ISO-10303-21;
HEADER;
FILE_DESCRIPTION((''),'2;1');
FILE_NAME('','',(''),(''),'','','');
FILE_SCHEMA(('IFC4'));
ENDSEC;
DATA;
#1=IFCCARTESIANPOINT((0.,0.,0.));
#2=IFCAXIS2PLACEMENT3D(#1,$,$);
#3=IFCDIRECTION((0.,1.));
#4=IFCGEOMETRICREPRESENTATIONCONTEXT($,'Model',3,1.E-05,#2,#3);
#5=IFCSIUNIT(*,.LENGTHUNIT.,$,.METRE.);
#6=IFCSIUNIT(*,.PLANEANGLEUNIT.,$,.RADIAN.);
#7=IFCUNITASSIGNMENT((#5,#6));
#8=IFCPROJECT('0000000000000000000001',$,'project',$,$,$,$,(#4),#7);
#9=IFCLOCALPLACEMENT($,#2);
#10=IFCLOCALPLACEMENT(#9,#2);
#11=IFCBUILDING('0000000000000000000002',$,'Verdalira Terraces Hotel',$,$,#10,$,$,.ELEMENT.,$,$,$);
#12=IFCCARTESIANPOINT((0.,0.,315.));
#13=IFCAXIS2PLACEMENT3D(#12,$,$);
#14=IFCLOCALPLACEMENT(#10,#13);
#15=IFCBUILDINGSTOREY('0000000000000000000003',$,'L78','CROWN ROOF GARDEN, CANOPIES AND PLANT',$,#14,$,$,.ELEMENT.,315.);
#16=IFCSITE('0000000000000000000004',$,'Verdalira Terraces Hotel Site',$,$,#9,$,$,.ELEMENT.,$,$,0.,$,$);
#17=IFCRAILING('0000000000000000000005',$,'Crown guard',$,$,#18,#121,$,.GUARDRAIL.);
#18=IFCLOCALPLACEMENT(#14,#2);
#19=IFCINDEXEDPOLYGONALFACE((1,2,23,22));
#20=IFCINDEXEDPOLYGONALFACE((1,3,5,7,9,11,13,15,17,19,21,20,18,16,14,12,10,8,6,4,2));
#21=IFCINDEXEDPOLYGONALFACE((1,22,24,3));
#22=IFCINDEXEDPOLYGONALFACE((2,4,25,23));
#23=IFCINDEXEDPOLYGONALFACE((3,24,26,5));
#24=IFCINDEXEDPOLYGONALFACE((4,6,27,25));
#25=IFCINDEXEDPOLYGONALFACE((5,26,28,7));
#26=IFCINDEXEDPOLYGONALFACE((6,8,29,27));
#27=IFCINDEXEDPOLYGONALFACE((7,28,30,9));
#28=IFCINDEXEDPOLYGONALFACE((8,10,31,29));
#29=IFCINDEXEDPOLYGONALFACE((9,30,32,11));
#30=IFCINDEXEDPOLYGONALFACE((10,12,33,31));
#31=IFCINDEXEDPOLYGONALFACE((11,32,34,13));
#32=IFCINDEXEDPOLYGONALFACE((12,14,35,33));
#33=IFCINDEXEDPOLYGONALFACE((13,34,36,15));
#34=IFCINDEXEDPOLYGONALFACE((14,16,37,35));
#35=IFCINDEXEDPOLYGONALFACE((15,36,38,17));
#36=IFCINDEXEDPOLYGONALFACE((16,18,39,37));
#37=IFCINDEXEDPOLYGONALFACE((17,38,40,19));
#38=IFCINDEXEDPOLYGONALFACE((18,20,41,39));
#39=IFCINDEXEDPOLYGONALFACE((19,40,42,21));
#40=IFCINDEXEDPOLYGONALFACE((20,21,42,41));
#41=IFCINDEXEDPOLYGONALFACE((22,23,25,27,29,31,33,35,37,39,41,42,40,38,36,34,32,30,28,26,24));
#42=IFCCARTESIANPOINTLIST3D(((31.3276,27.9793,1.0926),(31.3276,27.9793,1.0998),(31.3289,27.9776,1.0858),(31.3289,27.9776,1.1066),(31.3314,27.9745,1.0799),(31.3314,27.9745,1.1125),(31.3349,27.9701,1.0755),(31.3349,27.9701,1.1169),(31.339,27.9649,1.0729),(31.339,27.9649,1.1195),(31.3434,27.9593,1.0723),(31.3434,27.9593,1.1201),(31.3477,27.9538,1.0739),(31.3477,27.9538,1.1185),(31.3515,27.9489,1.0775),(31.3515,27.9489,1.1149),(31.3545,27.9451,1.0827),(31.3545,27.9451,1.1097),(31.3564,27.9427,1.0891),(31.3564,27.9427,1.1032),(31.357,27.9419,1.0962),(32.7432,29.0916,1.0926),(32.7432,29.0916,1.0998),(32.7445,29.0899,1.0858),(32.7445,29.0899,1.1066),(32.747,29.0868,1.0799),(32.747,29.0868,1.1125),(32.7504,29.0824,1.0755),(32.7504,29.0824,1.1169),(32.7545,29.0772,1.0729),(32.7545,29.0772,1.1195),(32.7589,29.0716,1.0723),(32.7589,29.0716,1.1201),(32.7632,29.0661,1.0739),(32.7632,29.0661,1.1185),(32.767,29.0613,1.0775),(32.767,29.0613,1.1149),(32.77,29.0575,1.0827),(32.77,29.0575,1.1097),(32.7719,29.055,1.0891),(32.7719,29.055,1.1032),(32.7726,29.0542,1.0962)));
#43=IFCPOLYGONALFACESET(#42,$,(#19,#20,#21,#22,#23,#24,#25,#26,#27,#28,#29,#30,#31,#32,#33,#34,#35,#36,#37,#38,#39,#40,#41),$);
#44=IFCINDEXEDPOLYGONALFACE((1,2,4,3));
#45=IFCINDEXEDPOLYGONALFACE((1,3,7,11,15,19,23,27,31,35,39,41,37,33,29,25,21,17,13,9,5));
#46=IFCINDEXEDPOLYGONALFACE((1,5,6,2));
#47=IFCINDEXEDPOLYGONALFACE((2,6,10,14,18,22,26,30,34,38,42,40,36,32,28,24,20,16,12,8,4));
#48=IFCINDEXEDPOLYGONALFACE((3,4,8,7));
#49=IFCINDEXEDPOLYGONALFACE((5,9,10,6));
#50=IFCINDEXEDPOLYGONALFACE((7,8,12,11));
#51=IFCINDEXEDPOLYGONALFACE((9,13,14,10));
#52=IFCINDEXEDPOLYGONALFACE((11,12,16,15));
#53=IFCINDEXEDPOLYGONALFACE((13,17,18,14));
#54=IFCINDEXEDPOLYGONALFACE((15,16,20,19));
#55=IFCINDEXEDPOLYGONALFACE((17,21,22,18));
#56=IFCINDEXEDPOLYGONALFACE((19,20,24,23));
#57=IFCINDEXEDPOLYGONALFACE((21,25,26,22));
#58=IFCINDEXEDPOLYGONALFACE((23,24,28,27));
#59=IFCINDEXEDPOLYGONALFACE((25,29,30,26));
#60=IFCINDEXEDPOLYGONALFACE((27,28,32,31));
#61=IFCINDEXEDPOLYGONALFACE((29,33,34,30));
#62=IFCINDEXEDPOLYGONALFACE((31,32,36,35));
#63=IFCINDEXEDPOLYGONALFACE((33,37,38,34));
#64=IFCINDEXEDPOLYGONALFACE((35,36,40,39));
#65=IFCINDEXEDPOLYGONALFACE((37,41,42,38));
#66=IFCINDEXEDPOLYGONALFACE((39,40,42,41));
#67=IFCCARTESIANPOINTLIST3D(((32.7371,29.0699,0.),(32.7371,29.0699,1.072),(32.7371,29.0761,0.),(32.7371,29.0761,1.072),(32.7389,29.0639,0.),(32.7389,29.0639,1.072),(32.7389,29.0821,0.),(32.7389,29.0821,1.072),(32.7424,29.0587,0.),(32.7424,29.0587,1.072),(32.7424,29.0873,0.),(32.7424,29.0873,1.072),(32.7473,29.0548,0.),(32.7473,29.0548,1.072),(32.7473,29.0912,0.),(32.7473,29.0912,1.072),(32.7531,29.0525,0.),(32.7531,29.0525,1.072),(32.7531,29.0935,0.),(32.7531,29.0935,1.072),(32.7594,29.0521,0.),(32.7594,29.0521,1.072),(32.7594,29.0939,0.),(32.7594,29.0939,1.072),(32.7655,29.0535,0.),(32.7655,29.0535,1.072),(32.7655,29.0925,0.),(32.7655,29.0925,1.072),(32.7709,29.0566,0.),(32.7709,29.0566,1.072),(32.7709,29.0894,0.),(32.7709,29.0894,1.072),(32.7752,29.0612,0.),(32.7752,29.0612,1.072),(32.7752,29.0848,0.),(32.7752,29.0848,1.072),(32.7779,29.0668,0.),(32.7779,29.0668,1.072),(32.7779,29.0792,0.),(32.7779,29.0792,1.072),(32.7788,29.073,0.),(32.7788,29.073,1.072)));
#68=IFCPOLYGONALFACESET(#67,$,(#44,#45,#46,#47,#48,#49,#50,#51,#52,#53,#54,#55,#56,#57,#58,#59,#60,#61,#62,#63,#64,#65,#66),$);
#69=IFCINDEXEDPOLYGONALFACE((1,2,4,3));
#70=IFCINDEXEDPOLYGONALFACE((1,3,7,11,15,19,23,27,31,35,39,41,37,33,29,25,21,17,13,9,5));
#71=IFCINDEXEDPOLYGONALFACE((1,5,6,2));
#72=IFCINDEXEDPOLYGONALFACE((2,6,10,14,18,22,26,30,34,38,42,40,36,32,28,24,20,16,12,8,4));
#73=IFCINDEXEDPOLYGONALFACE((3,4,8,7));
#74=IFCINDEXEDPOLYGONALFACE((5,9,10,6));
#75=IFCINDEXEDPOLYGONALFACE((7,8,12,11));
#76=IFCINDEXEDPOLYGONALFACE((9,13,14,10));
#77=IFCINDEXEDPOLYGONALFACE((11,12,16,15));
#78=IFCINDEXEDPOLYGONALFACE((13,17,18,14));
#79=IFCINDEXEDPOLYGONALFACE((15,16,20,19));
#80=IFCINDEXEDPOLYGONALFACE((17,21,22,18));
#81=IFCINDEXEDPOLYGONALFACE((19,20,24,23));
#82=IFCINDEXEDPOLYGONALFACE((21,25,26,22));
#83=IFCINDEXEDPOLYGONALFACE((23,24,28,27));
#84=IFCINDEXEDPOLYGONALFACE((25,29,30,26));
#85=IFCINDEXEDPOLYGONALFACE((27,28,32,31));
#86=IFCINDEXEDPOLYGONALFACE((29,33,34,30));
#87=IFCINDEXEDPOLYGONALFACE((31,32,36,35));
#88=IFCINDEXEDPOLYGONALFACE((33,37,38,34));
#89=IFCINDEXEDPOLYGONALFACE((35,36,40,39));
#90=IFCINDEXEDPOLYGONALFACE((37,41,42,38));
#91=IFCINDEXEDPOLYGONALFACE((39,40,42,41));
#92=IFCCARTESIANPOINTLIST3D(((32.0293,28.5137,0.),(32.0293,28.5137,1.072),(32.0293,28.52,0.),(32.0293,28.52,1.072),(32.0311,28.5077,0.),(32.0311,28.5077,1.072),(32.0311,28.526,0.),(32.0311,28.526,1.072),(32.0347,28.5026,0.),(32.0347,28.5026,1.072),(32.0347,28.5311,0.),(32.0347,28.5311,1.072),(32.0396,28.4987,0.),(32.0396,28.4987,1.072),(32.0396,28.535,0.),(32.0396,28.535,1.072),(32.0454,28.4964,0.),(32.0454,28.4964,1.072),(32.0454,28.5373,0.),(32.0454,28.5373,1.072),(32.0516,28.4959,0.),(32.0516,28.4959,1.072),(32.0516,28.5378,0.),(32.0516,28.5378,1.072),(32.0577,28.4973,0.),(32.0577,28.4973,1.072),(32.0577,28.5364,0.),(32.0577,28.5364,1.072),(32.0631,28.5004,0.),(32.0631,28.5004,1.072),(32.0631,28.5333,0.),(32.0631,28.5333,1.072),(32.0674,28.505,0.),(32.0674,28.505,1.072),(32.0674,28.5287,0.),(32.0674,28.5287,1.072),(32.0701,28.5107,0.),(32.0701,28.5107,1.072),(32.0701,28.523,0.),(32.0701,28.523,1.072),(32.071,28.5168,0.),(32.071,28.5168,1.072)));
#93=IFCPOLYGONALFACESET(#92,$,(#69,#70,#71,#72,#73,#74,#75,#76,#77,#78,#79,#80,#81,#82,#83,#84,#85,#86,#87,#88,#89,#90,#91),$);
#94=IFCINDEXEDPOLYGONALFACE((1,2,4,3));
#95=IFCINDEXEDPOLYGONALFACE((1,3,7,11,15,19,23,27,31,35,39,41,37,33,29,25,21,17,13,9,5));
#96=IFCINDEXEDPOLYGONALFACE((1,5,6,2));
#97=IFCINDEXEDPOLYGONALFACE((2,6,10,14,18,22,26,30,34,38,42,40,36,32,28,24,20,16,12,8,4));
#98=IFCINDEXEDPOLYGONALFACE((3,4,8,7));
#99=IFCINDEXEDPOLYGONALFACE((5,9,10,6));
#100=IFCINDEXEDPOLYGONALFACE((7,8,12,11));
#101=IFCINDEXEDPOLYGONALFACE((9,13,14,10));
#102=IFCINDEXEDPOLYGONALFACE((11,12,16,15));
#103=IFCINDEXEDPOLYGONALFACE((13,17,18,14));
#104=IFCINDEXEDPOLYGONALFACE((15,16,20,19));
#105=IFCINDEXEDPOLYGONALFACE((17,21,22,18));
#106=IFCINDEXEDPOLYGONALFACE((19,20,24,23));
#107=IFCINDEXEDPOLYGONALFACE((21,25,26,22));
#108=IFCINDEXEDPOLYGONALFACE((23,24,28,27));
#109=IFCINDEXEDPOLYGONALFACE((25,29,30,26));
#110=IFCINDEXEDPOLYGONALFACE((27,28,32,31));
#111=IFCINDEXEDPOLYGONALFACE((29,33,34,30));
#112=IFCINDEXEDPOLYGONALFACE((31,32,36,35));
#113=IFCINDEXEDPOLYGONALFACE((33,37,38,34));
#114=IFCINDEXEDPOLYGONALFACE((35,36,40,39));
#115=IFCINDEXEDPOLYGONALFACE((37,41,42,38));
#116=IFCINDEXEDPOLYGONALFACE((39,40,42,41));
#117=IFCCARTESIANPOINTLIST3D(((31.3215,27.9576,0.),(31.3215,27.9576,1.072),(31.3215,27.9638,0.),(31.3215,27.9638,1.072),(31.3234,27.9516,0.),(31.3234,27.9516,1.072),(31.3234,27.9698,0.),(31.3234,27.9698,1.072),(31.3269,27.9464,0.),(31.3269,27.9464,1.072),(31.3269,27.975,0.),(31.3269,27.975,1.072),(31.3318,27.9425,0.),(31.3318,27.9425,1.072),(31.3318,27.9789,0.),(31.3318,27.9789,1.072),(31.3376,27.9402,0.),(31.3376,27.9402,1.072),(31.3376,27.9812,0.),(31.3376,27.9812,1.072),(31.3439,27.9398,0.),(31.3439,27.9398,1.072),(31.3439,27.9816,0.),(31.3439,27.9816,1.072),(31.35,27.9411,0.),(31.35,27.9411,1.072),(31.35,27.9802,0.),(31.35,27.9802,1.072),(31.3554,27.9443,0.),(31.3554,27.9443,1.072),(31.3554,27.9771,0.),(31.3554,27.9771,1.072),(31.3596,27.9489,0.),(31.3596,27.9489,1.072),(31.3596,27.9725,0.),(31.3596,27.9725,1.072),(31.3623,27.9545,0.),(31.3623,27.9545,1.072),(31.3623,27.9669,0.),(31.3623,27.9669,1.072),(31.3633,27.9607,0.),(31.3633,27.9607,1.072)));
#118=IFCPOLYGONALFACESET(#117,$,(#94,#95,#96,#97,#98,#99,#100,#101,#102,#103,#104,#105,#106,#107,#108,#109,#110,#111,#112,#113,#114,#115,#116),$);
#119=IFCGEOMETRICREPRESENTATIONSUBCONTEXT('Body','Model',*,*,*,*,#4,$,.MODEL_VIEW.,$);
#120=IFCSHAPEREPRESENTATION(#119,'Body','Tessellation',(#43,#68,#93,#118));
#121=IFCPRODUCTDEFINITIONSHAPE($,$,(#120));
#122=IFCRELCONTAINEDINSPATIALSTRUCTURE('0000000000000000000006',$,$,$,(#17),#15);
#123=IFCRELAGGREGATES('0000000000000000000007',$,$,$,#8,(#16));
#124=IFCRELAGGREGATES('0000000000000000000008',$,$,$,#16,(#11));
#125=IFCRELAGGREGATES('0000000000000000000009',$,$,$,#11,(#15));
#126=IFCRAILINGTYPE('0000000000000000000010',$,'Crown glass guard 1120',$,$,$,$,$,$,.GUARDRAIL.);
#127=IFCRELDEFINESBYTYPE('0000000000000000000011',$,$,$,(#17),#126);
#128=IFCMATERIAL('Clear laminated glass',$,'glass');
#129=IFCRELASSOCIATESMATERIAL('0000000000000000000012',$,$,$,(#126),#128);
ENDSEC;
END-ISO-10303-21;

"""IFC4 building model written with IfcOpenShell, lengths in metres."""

from ifc_helpers import new_model, si_unit, direction, frame, origin, origin_2d, place, context, subcontext, project, spatial, circle, extrude, material, type_object, element, save


model = new_model("IFC4")

# Units and contexts
model_context = context("Model", 3, precision=1e-05, world=origin(), true_north=direction((0.0, 1.0)))
body_context = subcontext(model_context, "Body", "Model", "MODEL_VIEW")
ifc_project = project(units=[si_unit("LENGTHUNIT", "METRE"), si_unit("PLANEANGLEUNIT", "RADIAN")], contexts=[model_context])

# Site, building, storey
site_placement = place(None, origin())
site = spatial("IfcSite", under=ifc_project, at=site_placement, Name="Verdalira Terraces Hotel Site", CompositionType="ELEMENT", RefElevation=0.0)
building_placement = place(site_placement, origin())
building = spatial("IfcBuilding", under=site, at=building_placement, Name="Verdalira Terraces Hotel", CompositionType="ELEMENT")
storey_placement = place(building_placement, frame((0.0, 0.0, 315.0)))
storey = spatial("IfcBuildingStorey", under=building, at=storey_placement, Name="L78", Description="CROWN ROOF GARDEN, CANOPIES AND PLANT", CompositionType="ELEMENT", Elevation=315.0)

# Railing
ifc_material_1 = material(Name="Clear laminated glass", Category="glass")
railing_type = type_object("IfcRailingType", Name="Crown glass guard 1120", PredefinedType="GUARDRAIL", material=ifc_material_1)
railing_1_placement = place(storey_placement, frame((32.7578, 29.073, 0.0)))
element("IfcRailing", 1, at=railing_1_placement, inside=storey, type_object=railing_type, Name="Crown guard", PredefinedType="GUARDRAIL", context=body_context, shape_type="SweptSolid", body=[
    extrude(circle(Radius=0.0239, at=origin_2d()), frame((0.0, 0.0, 1.0962), z_axis=(-0.78629, -0.617857, 0.0), x_axis=(0.617857, -0.78629, 0.0)), (0.0, 0.0, 1.0), 1.8003),
    extrude(circle(Radius=0.021, at=origin_2d()), origin(), (0.0, 0.0, 1.0), 1.072),
    extrude(circle(Radius=0.021, at=origin_2d()), frame((-0.7078, -0.5562, 0.0)), (0.0, 0.0, 1.0), 1.072),
    extrude(circle(Radius=0.021, at=origin_2d()), frame((-1.4155, -1.1123, 0.0)), (0.0, 0.0, 1.0), 1.072),
])

save(model, "model.ifc")
